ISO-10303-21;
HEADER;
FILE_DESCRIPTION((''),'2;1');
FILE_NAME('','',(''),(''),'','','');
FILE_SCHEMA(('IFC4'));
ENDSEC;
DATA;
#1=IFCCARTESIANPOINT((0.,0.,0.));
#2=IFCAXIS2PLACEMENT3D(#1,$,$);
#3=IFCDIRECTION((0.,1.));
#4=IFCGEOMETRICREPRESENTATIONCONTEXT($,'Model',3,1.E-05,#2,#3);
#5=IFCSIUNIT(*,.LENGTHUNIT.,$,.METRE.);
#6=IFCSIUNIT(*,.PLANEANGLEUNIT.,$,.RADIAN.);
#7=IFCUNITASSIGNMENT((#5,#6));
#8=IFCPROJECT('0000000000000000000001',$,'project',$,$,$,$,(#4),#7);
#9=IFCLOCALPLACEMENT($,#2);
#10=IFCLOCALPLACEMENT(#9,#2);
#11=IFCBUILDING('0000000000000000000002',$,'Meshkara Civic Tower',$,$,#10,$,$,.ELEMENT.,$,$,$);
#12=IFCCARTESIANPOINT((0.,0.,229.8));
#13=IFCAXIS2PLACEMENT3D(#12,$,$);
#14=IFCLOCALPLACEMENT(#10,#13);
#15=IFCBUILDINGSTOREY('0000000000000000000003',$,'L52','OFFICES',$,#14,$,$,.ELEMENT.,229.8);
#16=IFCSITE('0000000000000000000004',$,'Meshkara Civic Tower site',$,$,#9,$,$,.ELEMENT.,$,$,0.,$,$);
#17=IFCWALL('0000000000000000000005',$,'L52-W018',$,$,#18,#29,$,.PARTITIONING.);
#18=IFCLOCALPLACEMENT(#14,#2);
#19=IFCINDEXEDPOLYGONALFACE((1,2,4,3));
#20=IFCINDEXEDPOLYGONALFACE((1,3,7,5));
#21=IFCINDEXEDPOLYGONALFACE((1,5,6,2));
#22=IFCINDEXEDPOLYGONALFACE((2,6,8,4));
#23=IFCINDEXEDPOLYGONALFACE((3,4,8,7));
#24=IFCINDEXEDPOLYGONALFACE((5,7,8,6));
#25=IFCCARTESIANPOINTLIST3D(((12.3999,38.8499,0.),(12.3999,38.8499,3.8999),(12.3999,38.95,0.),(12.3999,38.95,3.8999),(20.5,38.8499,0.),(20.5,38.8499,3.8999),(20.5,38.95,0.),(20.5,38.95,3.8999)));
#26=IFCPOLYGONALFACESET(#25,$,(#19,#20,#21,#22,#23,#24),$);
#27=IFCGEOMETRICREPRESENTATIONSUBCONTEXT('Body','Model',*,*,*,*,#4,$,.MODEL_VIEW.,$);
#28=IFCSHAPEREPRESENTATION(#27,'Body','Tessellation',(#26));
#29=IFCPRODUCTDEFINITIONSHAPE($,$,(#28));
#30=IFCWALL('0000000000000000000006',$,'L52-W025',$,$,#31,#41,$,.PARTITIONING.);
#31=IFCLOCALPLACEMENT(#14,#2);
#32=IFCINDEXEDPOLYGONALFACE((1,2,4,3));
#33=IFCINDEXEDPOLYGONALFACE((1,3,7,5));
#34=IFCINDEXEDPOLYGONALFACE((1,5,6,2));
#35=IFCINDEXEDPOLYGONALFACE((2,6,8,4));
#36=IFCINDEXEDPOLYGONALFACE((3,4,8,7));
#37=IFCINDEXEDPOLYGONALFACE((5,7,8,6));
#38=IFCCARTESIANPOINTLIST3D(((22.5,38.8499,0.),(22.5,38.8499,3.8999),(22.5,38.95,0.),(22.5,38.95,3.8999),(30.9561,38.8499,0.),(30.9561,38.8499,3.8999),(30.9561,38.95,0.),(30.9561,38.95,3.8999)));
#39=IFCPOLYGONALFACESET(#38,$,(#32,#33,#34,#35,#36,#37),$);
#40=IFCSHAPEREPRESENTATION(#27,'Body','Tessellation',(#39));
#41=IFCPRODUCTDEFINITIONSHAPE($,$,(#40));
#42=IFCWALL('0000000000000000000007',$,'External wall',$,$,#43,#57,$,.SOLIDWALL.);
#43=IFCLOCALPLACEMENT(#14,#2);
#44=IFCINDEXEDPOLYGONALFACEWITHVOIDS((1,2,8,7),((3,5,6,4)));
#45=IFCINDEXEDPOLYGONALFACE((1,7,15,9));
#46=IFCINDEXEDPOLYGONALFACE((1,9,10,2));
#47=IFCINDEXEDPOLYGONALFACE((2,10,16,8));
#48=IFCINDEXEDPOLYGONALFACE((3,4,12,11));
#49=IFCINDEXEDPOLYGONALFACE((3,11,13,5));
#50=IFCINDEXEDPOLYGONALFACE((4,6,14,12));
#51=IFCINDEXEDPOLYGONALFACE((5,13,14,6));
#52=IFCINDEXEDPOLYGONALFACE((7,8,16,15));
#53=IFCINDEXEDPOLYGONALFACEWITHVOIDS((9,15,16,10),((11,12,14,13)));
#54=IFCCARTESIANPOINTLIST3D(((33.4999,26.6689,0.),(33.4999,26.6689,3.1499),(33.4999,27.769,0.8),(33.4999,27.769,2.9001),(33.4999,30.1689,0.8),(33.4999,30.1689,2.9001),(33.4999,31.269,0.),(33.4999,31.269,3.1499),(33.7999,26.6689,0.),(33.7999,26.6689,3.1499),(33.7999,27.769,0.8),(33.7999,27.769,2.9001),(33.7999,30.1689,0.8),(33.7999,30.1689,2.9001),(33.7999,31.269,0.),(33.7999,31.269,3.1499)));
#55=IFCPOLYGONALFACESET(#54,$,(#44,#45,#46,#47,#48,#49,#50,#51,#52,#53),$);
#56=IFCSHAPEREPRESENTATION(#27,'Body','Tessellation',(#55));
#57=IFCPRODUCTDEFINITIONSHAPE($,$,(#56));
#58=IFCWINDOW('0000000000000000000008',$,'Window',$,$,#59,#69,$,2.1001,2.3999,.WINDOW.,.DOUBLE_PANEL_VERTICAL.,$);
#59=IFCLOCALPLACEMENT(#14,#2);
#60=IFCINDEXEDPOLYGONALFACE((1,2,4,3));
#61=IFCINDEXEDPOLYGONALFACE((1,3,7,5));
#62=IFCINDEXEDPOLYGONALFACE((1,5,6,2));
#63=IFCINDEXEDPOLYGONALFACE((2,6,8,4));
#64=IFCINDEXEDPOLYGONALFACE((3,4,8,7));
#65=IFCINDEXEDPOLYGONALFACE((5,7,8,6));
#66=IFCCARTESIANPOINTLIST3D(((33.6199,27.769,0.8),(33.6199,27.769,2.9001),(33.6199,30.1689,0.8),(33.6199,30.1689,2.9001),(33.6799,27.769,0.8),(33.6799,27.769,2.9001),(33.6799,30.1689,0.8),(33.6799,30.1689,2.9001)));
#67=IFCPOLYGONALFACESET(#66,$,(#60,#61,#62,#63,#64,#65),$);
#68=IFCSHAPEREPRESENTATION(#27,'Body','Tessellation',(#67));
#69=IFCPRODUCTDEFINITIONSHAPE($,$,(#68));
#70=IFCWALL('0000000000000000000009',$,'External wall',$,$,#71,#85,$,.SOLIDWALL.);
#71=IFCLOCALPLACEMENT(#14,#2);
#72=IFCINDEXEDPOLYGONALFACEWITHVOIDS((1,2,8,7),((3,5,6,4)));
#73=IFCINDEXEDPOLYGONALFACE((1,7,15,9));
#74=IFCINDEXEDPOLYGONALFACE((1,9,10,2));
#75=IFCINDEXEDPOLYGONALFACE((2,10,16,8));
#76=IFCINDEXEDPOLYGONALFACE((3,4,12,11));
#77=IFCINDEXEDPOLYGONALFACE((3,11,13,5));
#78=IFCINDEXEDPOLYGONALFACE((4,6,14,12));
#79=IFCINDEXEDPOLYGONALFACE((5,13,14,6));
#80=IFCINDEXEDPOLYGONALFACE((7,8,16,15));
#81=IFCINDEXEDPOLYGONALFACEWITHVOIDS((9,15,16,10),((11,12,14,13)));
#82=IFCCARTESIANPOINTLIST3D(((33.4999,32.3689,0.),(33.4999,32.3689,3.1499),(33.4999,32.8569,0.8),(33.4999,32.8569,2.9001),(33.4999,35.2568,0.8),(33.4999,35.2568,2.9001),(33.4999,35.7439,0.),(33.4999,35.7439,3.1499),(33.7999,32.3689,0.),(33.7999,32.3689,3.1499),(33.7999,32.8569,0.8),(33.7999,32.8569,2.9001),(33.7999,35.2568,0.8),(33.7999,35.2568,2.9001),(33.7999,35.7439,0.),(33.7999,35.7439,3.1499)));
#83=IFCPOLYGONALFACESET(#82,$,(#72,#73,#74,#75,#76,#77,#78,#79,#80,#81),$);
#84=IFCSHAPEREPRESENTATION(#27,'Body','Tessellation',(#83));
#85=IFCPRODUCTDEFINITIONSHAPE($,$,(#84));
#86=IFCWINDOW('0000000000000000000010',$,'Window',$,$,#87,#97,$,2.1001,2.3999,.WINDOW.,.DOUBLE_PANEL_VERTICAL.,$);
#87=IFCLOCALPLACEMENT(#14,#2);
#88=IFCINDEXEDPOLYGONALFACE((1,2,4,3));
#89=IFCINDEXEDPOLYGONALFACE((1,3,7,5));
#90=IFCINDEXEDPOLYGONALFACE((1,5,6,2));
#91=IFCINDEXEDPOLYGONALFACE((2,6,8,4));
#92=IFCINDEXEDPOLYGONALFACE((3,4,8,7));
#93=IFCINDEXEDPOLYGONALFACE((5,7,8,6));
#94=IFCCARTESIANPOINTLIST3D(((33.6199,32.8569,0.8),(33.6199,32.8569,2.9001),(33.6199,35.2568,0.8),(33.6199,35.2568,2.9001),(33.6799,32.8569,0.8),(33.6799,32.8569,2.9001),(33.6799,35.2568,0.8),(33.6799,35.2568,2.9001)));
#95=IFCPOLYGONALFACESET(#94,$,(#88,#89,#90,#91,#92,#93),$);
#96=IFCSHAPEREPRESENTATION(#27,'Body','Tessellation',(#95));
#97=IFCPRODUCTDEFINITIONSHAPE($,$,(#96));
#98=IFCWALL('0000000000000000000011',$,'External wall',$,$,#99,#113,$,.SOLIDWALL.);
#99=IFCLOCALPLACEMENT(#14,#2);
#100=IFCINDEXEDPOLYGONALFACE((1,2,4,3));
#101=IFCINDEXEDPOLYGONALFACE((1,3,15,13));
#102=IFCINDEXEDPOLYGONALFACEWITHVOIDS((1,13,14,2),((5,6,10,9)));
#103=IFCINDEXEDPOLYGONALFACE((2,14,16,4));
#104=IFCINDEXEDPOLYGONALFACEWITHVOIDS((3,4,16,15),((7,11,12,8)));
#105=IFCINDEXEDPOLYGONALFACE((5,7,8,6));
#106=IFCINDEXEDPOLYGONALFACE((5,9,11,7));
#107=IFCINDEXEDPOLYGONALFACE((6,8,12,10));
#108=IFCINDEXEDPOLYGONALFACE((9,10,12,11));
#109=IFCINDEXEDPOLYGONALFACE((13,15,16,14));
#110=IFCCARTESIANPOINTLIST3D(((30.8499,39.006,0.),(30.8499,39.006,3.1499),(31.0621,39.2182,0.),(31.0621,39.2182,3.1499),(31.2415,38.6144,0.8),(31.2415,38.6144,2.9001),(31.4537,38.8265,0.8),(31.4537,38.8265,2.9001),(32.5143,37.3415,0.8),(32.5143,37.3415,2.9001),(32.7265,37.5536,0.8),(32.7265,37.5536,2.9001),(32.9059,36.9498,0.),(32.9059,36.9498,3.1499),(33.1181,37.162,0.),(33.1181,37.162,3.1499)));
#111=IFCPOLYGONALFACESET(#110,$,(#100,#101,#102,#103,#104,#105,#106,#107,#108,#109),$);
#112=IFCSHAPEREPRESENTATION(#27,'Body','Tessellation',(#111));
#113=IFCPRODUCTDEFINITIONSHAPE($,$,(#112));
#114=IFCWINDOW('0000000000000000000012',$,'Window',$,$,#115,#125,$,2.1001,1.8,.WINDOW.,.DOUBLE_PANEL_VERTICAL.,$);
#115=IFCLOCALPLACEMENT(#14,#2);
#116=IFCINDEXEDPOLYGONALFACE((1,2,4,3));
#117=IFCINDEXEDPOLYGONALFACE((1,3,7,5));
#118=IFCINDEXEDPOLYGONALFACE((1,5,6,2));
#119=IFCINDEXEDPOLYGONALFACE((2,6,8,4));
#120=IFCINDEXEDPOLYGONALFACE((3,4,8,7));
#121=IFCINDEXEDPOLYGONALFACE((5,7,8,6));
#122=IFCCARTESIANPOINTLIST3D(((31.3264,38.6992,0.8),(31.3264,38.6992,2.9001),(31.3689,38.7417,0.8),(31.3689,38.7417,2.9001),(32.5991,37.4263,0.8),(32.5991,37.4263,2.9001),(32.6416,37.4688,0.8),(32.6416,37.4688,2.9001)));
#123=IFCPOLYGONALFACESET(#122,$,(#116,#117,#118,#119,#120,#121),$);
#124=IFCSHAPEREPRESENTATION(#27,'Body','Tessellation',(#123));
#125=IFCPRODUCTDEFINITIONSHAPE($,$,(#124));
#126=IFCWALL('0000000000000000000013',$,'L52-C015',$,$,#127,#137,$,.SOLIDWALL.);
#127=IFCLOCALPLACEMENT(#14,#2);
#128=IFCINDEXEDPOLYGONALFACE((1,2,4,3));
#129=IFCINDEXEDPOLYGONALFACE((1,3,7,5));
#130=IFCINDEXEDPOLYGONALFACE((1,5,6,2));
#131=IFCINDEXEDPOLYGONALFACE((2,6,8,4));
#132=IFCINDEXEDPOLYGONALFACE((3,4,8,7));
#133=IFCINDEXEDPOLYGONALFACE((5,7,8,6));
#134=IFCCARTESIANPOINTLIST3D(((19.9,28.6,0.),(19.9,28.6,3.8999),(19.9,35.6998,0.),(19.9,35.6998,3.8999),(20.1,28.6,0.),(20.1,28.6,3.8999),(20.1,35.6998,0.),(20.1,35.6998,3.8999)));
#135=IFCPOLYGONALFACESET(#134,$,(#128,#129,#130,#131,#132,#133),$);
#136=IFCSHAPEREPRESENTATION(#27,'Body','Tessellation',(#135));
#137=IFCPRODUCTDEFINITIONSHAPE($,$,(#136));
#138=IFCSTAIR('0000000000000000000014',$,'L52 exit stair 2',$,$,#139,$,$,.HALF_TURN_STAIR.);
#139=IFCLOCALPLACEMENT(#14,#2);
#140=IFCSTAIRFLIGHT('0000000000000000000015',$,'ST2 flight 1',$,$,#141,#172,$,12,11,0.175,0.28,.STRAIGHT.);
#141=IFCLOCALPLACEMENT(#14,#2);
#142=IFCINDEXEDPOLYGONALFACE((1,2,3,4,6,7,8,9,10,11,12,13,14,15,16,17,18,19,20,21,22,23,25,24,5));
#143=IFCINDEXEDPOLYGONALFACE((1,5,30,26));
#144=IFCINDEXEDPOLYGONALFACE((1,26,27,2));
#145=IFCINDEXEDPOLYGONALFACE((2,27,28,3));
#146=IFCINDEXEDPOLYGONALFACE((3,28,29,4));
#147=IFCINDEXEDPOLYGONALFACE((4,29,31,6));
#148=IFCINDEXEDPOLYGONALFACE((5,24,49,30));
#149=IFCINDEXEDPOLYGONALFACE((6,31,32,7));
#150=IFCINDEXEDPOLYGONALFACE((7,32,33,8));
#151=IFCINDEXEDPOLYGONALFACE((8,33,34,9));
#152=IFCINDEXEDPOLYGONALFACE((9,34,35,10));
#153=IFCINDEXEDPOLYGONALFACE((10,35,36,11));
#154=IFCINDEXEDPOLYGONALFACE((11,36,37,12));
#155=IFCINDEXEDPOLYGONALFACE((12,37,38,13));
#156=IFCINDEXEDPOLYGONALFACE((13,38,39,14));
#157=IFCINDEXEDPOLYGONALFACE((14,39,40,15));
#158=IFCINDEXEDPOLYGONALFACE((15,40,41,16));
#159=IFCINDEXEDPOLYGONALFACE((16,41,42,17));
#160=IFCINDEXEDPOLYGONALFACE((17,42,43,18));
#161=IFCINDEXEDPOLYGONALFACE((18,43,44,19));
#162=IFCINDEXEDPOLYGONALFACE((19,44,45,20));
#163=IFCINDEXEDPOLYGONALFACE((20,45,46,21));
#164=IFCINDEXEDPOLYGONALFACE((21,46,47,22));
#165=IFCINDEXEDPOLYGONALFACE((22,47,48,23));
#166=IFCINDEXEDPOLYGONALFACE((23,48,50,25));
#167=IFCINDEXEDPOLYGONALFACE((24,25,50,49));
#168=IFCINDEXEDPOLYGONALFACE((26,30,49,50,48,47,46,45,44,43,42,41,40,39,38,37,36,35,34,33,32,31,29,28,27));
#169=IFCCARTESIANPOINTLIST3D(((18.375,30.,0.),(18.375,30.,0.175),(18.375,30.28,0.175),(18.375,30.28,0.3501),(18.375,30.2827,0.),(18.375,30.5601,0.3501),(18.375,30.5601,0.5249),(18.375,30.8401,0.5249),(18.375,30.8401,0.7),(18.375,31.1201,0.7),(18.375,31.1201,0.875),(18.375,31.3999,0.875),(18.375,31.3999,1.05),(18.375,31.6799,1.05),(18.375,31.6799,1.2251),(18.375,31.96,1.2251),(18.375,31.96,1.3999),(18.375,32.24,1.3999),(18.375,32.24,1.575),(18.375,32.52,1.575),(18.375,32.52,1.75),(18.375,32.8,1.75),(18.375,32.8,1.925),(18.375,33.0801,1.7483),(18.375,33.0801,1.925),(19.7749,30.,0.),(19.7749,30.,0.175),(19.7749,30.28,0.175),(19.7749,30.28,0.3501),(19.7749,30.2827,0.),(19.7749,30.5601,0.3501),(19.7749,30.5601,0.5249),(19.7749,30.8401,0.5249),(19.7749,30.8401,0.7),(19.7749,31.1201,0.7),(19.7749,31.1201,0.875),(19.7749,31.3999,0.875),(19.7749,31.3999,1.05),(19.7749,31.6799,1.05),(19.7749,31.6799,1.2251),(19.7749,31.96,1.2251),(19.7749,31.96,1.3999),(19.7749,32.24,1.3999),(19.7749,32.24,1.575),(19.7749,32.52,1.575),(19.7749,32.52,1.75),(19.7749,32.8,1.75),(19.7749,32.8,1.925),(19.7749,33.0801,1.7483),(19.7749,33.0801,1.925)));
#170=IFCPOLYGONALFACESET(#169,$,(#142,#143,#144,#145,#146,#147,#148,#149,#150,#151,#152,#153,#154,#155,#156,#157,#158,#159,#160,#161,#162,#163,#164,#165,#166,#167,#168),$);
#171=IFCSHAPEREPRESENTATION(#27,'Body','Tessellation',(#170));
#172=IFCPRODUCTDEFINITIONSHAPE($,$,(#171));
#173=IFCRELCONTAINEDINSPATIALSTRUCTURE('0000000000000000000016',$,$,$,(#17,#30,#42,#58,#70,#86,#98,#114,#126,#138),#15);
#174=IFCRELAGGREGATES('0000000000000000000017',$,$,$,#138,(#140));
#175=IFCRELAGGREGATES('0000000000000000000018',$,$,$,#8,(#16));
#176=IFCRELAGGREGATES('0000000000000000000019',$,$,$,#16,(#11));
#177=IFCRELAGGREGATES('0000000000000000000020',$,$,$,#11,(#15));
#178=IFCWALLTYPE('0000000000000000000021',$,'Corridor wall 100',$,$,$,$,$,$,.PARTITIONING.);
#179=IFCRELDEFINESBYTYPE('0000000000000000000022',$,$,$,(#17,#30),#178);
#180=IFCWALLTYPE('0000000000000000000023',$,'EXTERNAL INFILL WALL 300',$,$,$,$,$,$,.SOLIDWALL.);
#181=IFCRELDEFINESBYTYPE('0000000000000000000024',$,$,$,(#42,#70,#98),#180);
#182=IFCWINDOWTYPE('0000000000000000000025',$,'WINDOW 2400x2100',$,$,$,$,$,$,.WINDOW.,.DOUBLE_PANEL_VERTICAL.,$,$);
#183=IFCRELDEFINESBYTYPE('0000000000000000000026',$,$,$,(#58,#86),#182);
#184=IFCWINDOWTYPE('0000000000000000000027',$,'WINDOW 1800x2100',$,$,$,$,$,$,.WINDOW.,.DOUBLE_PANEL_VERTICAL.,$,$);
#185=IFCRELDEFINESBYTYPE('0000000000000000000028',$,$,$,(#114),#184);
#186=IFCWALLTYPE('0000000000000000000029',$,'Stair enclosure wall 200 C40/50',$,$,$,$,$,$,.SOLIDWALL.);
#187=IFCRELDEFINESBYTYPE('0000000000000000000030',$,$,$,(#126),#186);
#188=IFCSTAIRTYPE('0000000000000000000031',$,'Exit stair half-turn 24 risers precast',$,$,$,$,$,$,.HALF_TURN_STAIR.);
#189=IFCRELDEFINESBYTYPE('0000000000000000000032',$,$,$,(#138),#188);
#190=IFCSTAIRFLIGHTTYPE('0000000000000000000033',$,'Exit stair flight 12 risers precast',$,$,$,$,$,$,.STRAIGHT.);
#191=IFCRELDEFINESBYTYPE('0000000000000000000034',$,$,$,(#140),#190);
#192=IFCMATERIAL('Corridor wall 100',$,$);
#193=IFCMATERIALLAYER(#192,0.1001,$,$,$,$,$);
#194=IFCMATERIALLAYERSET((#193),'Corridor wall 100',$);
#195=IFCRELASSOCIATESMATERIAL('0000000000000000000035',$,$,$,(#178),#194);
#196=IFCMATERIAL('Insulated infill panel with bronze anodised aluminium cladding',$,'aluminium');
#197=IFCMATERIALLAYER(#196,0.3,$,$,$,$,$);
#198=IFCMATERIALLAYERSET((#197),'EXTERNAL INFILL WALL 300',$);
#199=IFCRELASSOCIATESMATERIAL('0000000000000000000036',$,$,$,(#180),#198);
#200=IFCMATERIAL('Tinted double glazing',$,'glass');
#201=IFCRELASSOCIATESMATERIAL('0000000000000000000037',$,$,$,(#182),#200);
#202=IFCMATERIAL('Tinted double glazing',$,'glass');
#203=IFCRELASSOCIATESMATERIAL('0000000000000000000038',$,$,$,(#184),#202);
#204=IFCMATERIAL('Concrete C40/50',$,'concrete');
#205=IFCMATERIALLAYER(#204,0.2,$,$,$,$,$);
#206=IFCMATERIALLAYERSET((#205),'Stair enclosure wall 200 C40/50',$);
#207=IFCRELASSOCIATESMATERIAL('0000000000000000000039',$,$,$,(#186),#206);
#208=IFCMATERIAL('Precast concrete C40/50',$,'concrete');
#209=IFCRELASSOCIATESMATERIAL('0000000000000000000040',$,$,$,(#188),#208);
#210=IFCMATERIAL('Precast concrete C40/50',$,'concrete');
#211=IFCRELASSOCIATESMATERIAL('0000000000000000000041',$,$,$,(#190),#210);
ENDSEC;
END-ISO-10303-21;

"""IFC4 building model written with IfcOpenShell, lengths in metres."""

from ifc_helpers import new_model, si_unit, direction, frame, frame_2d, origin, place, context, subcontext, project, spatial, polyline, rectangle, outline, extrude, material, layer, layer_set, type_object, element, fill, aggregate, save


model = new_model("IFC4")

# Units and contexts
model_context = context("Model", 3, precision=1e-05, world=origin(), true_north=direction((0.0, 1.0)))
body_context = subcontext(model_context, "Body", "Model", "MODEL_VIEW")
ifc_project = project(units=[si_unit("LENGTHUNIT", "METRE"), si_unit("PLANEANGLEUNIT", "RADIAN")], contexts=[model_context])

# Site, building, storey
site_placement = place(None, origin())
site = spatial("IfcSite", under=ifc_project, at=site_placement, Name="Meshkara Civic Tower site", CompositionType="ELEMENT", RefElevation=0.0)
building_placement = place(site_placement, origin())
building = spatial("IfcBuilding", under=site, at=building_placement, Name="Meshkara Civic Tower", CompositionType="ELEMENT")
storey_placement = place(building_placement, frame((0.0, 0.0, 229.8)))
storey = spatial("IfcBuildingStorey", under=building, at=storey_placement, Name="L52", Description="OFFICES", CompositionType="ELEMENT", Elevation=229.8)

# Walls
ifc_material_1 = material(Name="Corridor wall 100")
ifc_layer_1 = layer(ifc_material_1, 0.1001)
ifc_layer_set_1 = layer_set([ifc_layer_1], Name="Corridor wall 100")
wall_type_1 = type_object("IfcWallType", Name="Corridor wall 100", PredefinedType="PARTITIONING", material=ifc_layer_set_1)
wall_1_placement = place(storey_placement, frame((20.5, 38.8999, 0.0), z_axis=(0.0, 0.0, 1.0), x_axis=(-1.0, 0.0, 0.0)))
element("IfcWall", 1, at=wall_1_placement, inside=storey, type_object=wall_type_1, Name="L52-W018", PredefinedType="PARTITIONING", context=body_context, shape_type="SweptSolid", body=[
    extrude(rectangle(XDim=8.1001, YDim=0.1001, at=frame_2d((4.05, 0.0))), origin(), (0.0, 0.0, 1.0), 3.8999),
])
wall_2_placement = place(storey_placement, frame((30.9561, 38.8999, 0.0), z_axis=(0.0, 0.0, 1.0), x_axis=(-1.0, 0.0, 0.0)))
element("IfcWall", 2, at=wall_2_placement, inside=storey, type_object=wall_type_1, Name="L52-W025", PredefinedType="PARTITIONING", context=body_context, shape_type="SweptSolid", body=[
    extrude(rectangle(XDim=8.4561, YDim=0.1001, at=frame_2d((4.228, 0.0))), origin(), (0.0, 0.0, 1.0), 3.8999),
])

# Walls, openings, windows
ifc_material_2 = material(Name="Insulated infill panel with bronze anodised aluminium cladding", Category="aluminium")
ifc_layer_2 = layer(ifc_material_2, 0.3)
ifc_layer_set_2 = layer_set([ifc_layer_2], Name="EXTERNAL INFILL WALL 300")
wall_type_2 = type_object("IfcWallType", Name="EXTERNAL INFILL WALL 300", PredefinedType="SOLIDWALL", material=ifc_layer_set_2)
wall_3_placement = place(storey_placement, frame((33.6499, 26.6689, 0.0), z_axis=(0.0, 0.0, 1.0), x_axis=(0.0, 1.0, 0.0)))
wall_3 = element("IfcWall", 3, at=wall_3_placement, inside=storey, type_object=wall_type_2, Name="External wall", PredefinedType="SOLIDWALL", context=body_context, shape_type="SweptSolid", body=[
    extrude(rectangle(XDim=4.6001, YDim=0.3, at=frame_2d((2.3, 0.0))), origin(), (0.0, 0.0, 1.0), 3.1499),
])
opening_1_placement = place(wall_3_placement, frame((1.1001, 0.0, 0.8)))
opening_1 = element("IfcOpeningElement", 4, at=opening_1_placement, cuts=wall_3, PredefinedType="OPENING", context=body_context, shape_type="SweptSolid", body=[
    extrude(rectangle(XDim=2.3999, YDim=2.1001, at=frame_2d((1.2, 1.05))), frame((0.0, 0.1599, 0.0), z_axis=(0.0, -1.0, 0.0), x_axis=(1.0, 0.0, 0.0)), (0.0, 0.0, 1.0), 0.3201),
])
ifc_material_3 = material(Name="Tinted double glazing", Category="glass")
window_type_1 = type_object("IfcWindowType", Name="WINDOW 2400x2100", PartitioningType="DOUBLE_PANEL_VERTICAL", PredefinedType="WINDOW", material=ifc_material_3)
window_1_placement = place(opening_1_placement, origin())
window_1 = element("IfcWindow", 5, at=window_1_placement, inside=storey, type_object=window_type_1, Name="Window", OverallHeight=2.1001, OverallWidth=2.3999, PartitioningType="DOUBLE_PANEL_VERTICAL", PredefinedType="WINDOW", context=body_context, shape_type="SweptSolid", body=[
    extrude(rectangle(XDim=2.3999, YDim=2.1001, at=frame_2d((1.2, 1.05))), frame((0.0, 0.03, 0.0), z_axis=(0.0, -1.0, 0.0), x_axis=(1.0, 0.0, 0.0)), (0.0, 0.0, 1.0), 0.0601),
])
fill(opening_1, window_1)
wall_4_placement = place(storey_placement, frame((33.6499, 32.3689, 0.0), z_axis=(0.0, 0.0, 1.0), x_axis=(0.0, 1.0, 0.0)))
wall_4 = element("IfcWall", 6, at=wall_4_placement, inside=storey, type_object=wall_type_2, Name="External wall", PredefinedType="SOLIDWALL", context=body_context, shape_type="SweptSolid", body=[
    extrude(rectangle(XDim=3.375, YDim=0.3, at=frame_2d((1.6875, 0.0))), origin(), (0.0, 0.0, 1.0), 3.1499),
])
opening_2_placement = place(wall_4_placement, frame((0.488, 0.0, 0.8)))
opening_2 = element("IfcOpeningElement", 7, at=opening_2_placement, cuts=wall_4, PredefinedType="OPENING", context=body_context, shape_type="SweptSolid", body=[
    extrude(rectangle(XDim=2.3999, YDim=2.1001, at=frame_2d((1.2, 1.05))), frame((0.0, 0.1599, 0.0), z_axis=(0.0, -1.0, 0.0), x_axis=(1.0, 0.0, 0.0)), (0.0, 0.0, 1.0), 0.3201),
])
window_2_placement = place(opening_2_placement, origin())
window_2 = element("IfcWindow", 8, at=window_2_placement, inside=storey, type_object=window_type_1, Name="Window", OverallHeight=2.1001, OverallWidth=2.3999, PartitioningType="DOUBLE_PANEL_VERTICAL", PredefinedType="WINDOW", context=body_context, shape_type="SweptSolid", body=[
    extrude(rectangle(XDim=2.3999, YDim=2.1001, at=frame_2d((1.2, 1.05))), frame((0.0, 0.03, 0.0), z_axis=(0.0, -1.0, 0.0), x_axis=(1.0, 0.0, 0.0)), (0.0, 0.0, 1.0), 0.0601),
])
fill(opening_2, window_2)
wall_5_placement = place(storey_placement, frame((33.012, 37.0559, 0.0), z_axis=(0.0, 0.0, 1.0), x_axis=(-0.707065, 0.707149, 0.0)))
wall_5 = element("IfcWall", 9, at=wall_5_placement, inside=storey, type_object=wall_type_2, Name="External wall", PredefinedType="SOLIDWALL", context=body_context, shape_type="SweptSolid", body=[
    extrude(rectangle(XDim=2.9077, YDim=0.3, at=frame_2d((1.4539, 0.0))), origin(), (0.0, 0.0, 1.0), 3.1499),
])
opening_3_placement = place(wall_5_placement, frame((0.554, 0.0, 0.8)))
opening_3 = element("IfcOpeningElement", 10, at=opening_3_placement, cuts=wall_5, PredefinedType="OPENING", context=body_context, shape_type="SweptSolid", body=[
    extrude(rectangle(XDim=1.8, YDim=2.1001, at=frame_2d((0.8999, 1.05))), frame((0.0, 0.1599, 0.0), z_axis=(0.0, -1.0, 0.0), x_axis=(1.0, 0.0, 0.0)), (0.0, 0.0, 1.0), 0.3201),
])
ifc_material_4 = material(Name="Tinted double glazing", Category="glass")
window_type_2 = type_object("IfcWindowType", Name="WINDOW 1800x2100", PartitioningType="DOUBLE_PANEL_VERTICAL", PredefinedType="WINDOW", material=ifc_material_4)
window_3_placement = place(opening_3_placement, origin())
window_3 = element("IfcWindow", 11, at=window_3_placement, inside=storey, type_object=window_type_2, Name="Window", OverallHeight=2.1001, OverallWidth=1.8, PartitioningType="DOUBLE_PANEL_VERTICAL", PredefinedType="WINDOW", context=body_context, shape_type="SweptSolid", body=[
    extrude(rectangle(XDim=1.8, YDim=2.1001, at=frame_2d((0.8999, 1.05))), frame((0.0, 0.03, 0.0), z_axis=(0.0, -1.0, 0.0), x_axis=(1.0, 0.0, 0.0)), (0.0, 0.0, 1.0), 0.0601),
])
fill(opening_3, window_3)

# Wall
ifc_material_5 = material(Name="Concrete C40/50", Category="concrete")
ifc_layer_3 = layer(ifc_material_5, 0.2)
ifc_layer_set_3 = layer_set([ifc_layer_3], Name="Stair enclosure wall 200 C40/50")
wall_type_3 = type_object("IfcWallType", Name="Stair enclosure wall 200 C40/50", PredefinedType="SOLIDWALL", material=ifc_layer_set_3)
wall_6_placement = place(storey_placement, frame((20.0, 28.6001, 0.0), z_axis=(0.0, 0.0, 1.0), x_axis=(0.0, 1.0, 0.0)))
element("IfcWall", 12, at=wall_6_placement, inside=storey, type_object=wall_type_3, Name="L52-C015", PredefinedType="SOLIDWALL", context=body_context, shape_type="SweptSolid", body=[
    extrude(rectangle(XDim=7.0999, YDim=0.2, at=frame_2d((3.5498, 0.0))), origin(), (0.0, 0.0, 1.0), 3.8999),
])

# Stair, stair flight
ifc_material_6 = material(Name="Precast concrete C40/50", Category="concrete")
stair_type = type_object("IfcStairType", Name="Exit stair half-turn 24 risers precast", PredefinedType="HALF_TURN_STAIR", material=ifc_material_6)
stair_placement = place(storey_placement, origin())
stair = element("IfcStair", 13, at=stair_placement, inside=storey, type_object=stair_type, Name="L52 exit stair 2", PredefinedType="HALF_TURN_STAIR")
ifc_material_7 = material(Name="Precast concrete C40/50", Category="concrete")
stair_flight_type = type_object("IfcStairFlightType", Name="Exit stair flight 12 risers precast", PredefinedType="STRAIGHT", material=ifc_material_7)
stair_flight_1_placement = place(storey_placement, frame((19.075, 30.0, 0.0), z_axis=(0.0, 0.0, 1.0), x_axis=(0.0, 1.0, 0.0)))
stair_flight_1 = element("IfcStairFlight", 14, at=stair_flight_1_placement, type_object=stair_flight_type, Name="ST2 flight 1", NumberOfRisers=12, NumberOfTreads=11, PredefinedType="STRAIGHT", RiserHeight=0.175, TreadLength=0.28, context=body_context, shape_type="SweptSolid", body=[
    extrude(outline(polyline([(0.0, 0.0), (0.0, 0.175), (0.28, 0.175), (0.28, 0.3501), (0.5601, 0.3501), (0.5601, 0.5249), (0.8401, 0.5249), (0.8401, 0.7), (1.1201, 0.7), (1.1201, 0.875), (1.3999, 0.875), (1.3999, 1.05), (1.6799, 1.05), (1.6799, 1.2251), (1.96, 1.2251), (1.96, 1.3999), (2.24, 1.3999), (2.24, 1.575), (2.52, 1.575), (2.52, 1.75), (2.8, 1.75), (2.8, 1.925), (3.0801, 1.925), (3.0801, 2.1001), (3.0801, 1.7483), (0.2827, 0.0), (0.0, 0.0)])), frame((0.0, 0.7, 0.0), z_axis=(0.0, -1.0, 0.0), x_axis=(1.0, 0.0, 0.0)), (0.0, 0.0, 1.0), 1.3999),
])
aggregate(stair, [stair_flight_1])

save(model, "model.ifc")
